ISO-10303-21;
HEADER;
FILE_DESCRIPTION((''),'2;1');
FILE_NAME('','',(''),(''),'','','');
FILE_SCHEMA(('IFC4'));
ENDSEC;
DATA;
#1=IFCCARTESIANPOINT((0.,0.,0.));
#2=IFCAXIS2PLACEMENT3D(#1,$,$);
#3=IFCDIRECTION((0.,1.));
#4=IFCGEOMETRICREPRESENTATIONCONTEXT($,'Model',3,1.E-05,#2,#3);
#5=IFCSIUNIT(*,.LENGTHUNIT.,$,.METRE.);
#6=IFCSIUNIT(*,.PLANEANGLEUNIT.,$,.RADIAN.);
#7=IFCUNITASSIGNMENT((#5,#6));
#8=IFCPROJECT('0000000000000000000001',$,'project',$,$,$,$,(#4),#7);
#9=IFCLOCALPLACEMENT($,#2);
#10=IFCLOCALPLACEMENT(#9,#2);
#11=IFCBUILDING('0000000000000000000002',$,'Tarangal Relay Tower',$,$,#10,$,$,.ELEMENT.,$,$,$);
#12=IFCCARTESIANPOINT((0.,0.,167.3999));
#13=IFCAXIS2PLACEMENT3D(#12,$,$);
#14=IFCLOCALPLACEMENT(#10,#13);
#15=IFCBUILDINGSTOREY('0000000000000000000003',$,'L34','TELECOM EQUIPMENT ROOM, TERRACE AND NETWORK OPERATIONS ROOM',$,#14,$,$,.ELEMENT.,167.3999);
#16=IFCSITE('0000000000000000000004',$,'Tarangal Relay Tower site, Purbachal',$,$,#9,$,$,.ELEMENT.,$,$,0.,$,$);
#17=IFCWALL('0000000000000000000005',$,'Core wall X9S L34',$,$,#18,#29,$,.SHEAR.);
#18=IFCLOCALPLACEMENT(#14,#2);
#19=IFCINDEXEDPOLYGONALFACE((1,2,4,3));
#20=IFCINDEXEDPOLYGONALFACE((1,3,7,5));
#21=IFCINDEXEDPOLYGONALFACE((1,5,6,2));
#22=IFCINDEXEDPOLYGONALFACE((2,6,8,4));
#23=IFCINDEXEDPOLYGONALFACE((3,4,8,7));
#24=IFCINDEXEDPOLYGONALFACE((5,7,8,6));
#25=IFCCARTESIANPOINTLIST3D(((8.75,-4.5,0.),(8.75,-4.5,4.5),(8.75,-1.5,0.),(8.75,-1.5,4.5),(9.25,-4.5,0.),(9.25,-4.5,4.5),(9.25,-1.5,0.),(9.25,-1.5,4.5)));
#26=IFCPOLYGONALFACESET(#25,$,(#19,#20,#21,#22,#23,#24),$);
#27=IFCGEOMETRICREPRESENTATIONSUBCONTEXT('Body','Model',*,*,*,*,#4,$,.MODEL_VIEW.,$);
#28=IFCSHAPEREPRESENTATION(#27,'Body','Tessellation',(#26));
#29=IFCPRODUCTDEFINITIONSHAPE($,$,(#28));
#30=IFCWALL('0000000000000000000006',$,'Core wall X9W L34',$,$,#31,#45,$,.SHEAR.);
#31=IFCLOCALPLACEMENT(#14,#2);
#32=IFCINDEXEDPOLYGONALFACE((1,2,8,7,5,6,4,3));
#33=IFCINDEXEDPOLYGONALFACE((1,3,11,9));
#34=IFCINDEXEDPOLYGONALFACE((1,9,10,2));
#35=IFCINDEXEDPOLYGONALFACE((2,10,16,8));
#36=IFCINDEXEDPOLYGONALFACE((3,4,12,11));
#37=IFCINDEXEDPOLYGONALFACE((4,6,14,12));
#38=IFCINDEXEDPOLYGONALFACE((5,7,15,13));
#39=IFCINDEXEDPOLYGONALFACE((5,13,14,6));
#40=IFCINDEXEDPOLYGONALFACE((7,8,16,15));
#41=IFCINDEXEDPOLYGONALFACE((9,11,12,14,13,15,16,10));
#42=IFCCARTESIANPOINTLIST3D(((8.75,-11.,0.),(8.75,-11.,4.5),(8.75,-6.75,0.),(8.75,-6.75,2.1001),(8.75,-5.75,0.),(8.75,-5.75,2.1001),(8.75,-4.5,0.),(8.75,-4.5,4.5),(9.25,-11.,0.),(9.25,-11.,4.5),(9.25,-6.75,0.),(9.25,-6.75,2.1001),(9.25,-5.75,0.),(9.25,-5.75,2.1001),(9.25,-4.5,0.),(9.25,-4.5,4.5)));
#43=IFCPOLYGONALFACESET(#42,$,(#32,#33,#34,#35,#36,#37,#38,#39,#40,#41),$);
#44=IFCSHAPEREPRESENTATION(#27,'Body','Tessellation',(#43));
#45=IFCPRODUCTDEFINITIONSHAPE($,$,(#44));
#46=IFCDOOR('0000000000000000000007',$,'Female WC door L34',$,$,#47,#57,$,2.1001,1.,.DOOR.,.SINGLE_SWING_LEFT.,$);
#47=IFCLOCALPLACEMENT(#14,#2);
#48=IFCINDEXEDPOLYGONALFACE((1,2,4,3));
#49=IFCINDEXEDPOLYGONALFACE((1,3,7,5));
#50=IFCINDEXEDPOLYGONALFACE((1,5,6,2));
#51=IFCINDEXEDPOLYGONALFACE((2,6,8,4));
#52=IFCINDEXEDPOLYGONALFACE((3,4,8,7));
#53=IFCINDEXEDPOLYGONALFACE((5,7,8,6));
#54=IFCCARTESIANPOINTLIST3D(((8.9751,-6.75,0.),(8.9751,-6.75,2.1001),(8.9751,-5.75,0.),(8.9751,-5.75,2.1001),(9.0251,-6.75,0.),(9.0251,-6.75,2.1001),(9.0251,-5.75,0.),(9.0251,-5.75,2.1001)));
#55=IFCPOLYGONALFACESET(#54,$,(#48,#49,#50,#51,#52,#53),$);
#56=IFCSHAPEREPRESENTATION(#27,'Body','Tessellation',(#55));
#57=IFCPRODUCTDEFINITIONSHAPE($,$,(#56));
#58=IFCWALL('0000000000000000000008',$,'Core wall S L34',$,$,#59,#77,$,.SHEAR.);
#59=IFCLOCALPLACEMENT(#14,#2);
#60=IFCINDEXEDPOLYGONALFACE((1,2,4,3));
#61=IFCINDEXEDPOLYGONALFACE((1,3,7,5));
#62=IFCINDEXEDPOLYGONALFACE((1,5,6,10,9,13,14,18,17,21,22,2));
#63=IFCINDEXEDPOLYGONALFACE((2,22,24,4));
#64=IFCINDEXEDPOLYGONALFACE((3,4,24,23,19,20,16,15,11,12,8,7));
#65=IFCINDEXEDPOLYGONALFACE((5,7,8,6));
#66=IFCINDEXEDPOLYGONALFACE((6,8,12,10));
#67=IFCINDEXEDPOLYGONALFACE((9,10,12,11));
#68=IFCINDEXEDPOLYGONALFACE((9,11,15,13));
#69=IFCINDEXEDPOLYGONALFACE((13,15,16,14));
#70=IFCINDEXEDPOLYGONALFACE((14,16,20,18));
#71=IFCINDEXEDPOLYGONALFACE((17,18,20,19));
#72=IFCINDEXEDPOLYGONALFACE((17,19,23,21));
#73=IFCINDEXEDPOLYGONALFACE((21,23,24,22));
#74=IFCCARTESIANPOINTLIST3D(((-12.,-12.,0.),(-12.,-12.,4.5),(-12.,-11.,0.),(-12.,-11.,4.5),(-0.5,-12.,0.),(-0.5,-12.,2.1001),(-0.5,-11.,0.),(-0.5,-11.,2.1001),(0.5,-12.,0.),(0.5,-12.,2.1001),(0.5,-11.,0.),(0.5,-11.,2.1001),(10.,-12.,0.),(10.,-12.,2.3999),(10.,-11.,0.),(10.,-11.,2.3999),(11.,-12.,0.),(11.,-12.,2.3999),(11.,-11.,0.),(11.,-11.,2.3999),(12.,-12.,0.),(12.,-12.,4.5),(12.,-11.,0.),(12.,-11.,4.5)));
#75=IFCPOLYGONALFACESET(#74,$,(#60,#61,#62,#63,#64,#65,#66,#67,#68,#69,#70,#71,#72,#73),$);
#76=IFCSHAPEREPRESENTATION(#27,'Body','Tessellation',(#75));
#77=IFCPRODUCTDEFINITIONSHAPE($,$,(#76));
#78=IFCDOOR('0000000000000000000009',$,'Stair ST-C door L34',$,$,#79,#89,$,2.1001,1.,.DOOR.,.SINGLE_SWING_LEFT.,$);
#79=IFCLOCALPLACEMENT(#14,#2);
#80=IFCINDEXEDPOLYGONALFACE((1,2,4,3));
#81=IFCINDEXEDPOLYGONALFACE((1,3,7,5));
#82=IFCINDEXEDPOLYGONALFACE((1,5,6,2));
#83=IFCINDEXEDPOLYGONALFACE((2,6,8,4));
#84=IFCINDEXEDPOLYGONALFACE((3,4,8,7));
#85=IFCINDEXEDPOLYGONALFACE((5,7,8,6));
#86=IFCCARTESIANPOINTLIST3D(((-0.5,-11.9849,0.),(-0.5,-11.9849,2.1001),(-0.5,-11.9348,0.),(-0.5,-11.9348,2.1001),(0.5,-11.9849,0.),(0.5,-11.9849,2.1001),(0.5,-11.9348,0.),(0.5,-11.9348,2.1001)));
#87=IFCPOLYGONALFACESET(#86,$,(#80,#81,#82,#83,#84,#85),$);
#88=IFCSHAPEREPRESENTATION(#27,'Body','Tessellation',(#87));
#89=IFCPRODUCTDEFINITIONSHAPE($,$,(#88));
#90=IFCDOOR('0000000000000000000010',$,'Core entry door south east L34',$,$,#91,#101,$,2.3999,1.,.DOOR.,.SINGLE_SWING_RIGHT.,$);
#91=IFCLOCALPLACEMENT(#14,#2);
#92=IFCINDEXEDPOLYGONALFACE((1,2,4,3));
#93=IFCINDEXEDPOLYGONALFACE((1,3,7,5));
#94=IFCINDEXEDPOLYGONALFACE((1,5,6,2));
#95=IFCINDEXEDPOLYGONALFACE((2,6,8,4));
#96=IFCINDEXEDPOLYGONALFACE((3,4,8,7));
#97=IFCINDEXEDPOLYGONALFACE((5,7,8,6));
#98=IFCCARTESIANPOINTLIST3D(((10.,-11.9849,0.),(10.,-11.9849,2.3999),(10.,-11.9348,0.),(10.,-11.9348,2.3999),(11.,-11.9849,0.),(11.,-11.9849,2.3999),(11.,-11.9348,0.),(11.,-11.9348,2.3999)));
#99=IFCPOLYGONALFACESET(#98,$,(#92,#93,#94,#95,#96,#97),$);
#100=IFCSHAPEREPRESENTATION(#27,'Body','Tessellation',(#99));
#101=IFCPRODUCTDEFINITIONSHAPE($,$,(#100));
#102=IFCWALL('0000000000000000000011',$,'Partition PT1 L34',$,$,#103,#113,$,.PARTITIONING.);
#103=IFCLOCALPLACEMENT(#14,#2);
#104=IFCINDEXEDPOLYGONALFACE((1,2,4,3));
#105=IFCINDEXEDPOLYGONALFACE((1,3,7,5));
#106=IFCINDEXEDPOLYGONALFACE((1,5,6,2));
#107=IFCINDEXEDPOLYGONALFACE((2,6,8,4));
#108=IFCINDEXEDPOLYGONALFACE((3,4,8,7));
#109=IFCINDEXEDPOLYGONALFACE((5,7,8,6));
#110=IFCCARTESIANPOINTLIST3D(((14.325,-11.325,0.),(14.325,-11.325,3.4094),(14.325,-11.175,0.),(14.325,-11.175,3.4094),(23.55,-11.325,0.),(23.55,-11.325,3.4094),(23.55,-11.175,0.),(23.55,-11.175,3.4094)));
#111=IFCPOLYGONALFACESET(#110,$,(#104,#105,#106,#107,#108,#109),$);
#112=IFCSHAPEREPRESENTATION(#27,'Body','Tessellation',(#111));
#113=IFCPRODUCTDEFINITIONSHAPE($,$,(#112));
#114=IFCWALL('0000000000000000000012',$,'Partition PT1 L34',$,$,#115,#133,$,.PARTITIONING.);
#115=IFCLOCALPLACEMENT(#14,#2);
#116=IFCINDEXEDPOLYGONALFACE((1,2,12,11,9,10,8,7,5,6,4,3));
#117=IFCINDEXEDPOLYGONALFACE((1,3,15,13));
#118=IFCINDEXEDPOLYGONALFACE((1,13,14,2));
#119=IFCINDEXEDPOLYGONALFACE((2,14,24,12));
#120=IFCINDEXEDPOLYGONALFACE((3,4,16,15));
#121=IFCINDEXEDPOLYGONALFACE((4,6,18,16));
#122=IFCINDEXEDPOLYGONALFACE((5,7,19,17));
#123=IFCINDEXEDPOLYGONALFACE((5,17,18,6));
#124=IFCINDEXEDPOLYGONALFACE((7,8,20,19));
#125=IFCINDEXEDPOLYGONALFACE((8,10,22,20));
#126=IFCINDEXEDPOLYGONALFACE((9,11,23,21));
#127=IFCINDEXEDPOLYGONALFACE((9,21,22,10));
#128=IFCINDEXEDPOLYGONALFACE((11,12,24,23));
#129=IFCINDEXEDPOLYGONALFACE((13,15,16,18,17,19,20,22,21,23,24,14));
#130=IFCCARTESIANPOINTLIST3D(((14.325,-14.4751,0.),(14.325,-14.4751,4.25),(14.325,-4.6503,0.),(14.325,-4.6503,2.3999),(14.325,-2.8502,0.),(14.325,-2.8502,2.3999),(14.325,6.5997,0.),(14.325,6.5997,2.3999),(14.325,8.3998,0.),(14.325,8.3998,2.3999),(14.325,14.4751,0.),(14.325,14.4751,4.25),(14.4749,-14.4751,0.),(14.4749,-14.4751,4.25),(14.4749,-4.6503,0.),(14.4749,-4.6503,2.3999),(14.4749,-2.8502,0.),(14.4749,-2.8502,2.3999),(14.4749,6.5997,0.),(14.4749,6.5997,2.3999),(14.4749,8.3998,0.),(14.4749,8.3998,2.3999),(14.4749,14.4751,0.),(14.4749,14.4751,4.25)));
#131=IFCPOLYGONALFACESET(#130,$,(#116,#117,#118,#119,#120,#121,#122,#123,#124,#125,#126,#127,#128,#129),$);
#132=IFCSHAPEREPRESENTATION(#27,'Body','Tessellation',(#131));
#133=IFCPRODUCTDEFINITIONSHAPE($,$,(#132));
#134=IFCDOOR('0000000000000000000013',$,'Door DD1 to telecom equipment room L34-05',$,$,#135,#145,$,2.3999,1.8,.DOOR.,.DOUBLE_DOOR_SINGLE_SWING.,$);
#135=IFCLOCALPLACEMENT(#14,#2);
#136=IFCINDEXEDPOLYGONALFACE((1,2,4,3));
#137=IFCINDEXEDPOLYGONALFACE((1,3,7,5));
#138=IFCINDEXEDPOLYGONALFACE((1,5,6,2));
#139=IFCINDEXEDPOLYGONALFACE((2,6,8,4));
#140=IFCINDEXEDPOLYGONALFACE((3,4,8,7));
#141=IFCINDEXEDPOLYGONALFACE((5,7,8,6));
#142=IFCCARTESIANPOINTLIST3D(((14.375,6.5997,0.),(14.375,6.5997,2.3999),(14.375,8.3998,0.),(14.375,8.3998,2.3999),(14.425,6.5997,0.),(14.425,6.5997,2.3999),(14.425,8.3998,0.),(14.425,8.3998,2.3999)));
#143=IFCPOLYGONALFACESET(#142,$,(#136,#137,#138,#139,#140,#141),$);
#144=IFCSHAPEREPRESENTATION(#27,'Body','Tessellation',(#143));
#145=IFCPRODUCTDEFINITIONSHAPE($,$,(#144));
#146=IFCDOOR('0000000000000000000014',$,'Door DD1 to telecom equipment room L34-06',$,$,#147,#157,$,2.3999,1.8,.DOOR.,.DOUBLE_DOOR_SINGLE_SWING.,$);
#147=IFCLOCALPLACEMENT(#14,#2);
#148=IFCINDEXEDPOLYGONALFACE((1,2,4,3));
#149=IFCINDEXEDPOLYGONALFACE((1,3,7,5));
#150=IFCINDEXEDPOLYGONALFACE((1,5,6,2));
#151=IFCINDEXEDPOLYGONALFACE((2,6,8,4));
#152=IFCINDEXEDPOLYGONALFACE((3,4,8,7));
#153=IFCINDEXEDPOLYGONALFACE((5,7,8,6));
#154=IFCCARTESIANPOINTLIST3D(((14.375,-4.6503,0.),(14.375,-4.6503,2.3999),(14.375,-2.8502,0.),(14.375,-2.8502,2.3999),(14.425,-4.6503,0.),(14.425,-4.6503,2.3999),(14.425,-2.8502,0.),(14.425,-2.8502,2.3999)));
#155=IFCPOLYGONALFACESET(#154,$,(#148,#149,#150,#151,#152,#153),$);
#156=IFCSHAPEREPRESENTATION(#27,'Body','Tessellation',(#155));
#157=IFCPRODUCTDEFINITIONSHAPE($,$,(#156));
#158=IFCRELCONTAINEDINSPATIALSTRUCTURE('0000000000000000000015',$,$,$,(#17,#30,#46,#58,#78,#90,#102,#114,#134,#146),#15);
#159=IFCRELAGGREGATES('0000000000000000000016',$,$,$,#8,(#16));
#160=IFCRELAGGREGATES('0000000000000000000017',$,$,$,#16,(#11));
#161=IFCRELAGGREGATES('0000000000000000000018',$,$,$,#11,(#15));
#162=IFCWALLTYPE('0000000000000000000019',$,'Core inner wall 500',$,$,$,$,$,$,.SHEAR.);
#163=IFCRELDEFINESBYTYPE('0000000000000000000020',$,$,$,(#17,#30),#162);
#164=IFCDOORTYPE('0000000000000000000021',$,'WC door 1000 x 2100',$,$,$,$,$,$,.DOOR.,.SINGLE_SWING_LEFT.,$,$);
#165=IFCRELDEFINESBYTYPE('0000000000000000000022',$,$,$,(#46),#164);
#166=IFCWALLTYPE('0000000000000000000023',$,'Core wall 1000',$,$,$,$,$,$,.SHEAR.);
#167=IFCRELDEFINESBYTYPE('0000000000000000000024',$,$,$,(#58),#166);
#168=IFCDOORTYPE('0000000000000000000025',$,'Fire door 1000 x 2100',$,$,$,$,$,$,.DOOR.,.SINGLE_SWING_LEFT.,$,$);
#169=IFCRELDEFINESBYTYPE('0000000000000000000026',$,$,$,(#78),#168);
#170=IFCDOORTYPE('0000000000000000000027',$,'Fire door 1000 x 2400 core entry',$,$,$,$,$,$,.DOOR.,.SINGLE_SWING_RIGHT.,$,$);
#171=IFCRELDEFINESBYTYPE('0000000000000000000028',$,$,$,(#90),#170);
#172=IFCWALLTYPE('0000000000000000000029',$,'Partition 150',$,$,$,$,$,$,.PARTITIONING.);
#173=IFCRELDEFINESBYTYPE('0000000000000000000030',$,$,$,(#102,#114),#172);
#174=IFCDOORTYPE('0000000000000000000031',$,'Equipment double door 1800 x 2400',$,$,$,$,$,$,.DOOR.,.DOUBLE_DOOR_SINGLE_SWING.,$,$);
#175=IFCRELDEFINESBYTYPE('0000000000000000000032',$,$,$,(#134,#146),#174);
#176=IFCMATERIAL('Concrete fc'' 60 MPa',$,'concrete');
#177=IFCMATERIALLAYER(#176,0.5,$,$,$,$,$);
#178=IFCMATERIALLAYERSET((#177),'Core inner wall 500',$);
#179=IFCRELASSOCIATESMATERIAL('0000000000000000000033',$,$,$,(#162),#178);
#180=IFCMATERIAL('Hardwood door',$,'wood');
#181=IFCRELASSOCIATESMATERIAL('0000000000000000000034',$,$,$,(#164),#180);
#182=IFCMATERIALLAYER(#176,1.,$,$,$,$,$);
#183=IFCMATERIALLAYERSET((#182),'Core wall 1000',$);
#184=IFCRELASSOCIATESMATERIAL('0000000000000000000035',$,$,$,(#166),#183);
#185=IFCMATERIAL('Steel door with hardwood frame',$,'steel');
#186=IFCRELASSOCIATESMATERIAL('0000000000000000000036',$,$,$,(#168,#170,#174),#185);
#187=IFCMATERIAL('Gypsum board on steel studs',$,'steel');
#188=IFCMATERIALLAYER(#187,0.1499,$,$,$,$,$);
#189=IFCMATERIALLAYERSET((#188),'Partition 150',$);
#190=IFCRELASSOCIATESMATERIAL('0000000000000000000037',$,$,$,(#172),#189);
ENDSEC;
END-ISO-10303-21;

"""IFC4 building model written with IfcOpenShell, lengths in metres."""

from ifc_helpers import new_model, si_unit, direction, frame, frame_2d, origin, place, context, subcontext, project, spatial, rectangle, extrude, material, layer, layer_set, type_object, element, fill, save


model = new_model("IFC4")

# Units and contexts
model_context = context("Model", 3, precision=1e-05, world=origin(), true_north=direction((0.0, 1.0)))
body_context = subcontext(model_context, "Body", "Model", "MODEL_VIEW")
ifc_project = project(units=[si_unit("LENGTHUNIT", "METRE"), si_unit("PLANEANGLEUNIT", "RADIAN")], contexts=[model_context])

# Site, building, storey
site_placement = place(None, origin())
site = spatial("IfcSite", under=ifc_project, at=site_placement, Name="Tarangal Relay Tower site, Purbachal", CompositionType="ELEMENT", RefElevation=0.0)
building_placement = place(site_placement, origin())
building = spatial("IfcBuilding", under=site, at=building_placement, Name="Tarangal Relay Tower", CompositionType="ELEMENT")
storey_placement = place(building_placement, frame((0.0, 0.0, 167.3999)))
storey = spatial("IfcBuildingStorey", under=building, at=storey_placement, Name="L34", Description="TELECOM EQUIPMENT ROOM, TERRACE AND NETWORK OPERATIONS ROOM", CompositionType="ELEMENT", Elevation=167.3999)

# Wall
ifc_material_1 = material(Name="Concrete fc' 60 MPa", Category="concrete")
ifc_layer_1 = layer(ifc_material_1, 0.5)
ifc_layer_set_1 = layer_set([ifc_layer_1], Name="Core inner wall 500")
wall_type_1 = type_object("IfcWallType", Name="Core inner wall 500", PredefinedType="SHEAR", material=ifc_layer_set_1)
wall_1_placement = place(storey_placement, frame((9.0, -4.5, 0.0), z_axis=(0.0, 0.0, 1.0), x_axis=(0.0, 1.0, 0.0)))
element("IfcWall", 1, at=wall_1_placement, inside=storey, type_object=wall_type_1, Name="Core wall X9S L34", PredefinedType="SHEAR", context=body_context, shape_type="SweptSolid", body=[
    extrude(rectangle(XDim=3.0, YDim=0.5, at=frame_2d((1.5, 0.0))), origin(), (0.0, 0.0, 1.0), 4.5),
])

# Wall, opening, door
wall_2_placement = place(storey_placement, frame((9.0, -11.0, 0.0), z_axis=(0.0, 0.0, 1.0), x_axis=(0.0, 1.0, 0.0)))
wall_2 = element("IfcWall", 2, at=wall_2_placement, inside=storey, type_object=wall_type_1, Name="Core wall X9W L34", PredefinedType="SHEAR", context=body_context, shape_type="SweptSolid", body=[
    extrude(rectangle(XDim=6.5, YDim=0.5, at=frame_2d((3.25, 0.0))), origin(), (0.0, 0.0, 1.0), 4.5),
])
opening_1_placement = place(wall_2_placement, frame((4.25, 0.0, 0.0)))
opening_1 = element("IfcOpeningElement", 3, at=opening_1_placement, cuts=wall_2, PredefinedType="OPENING", context=body_context, shape_type="SweptSolid", body=[
    extrude(rectangle(XDim=1.0, YDim=2.1001, at=frame_2d((0.5, 1.05))), frame((0.0, 0.26, 0.0), z_axis=(0.0, -1.0, 0.0), x_axis=(1.0, 0.0, 0.0)), (0.0, 0.0, 1.0), 0.52),
])
ifc_material_2 = material(Name="Hardwood door", Category="wood")
door_type_1 = type_object("IfcDoorType", Name="WC door 1000 x 2100", OperationType="SINGLE_SWING_LEFT", PredefinedType="DOOR", material=ifc_material_2)
door_1_placement = place(opening_1_placement, origin())
door_1 = element("IfcDoor", 4, at=door_1_placement, inside=storey, type_object=door_type_1, Name="Female WC door L34", OperationType="SINGLE_SWING_LEFT", OverallHeight=2.1001, OverallWidth=1.0, PredefinedType="DOOR", context=body_context, shape_type="SweptSolid", body=[
    extrude(rectangle(XDim=1.0, YDim=2.1001, at=frame_2d((0.5, 1.05))), frame((0.0, 0.0249, 0.0), z_axis=(0.0, -1.0, 0.0), x_axis=(1.0, 0.0, 0.0)), (0.0, 0.0, 1.0), 0.05),
])
fill(opening_1, door_1)

# Wall, openings, doors
ifc_layer_2 = layer(ifc_material_1, 1.0)
ifc_layer_set_2 = layer_set([ifc_layer_2], Name="Core wall 1000")
wall_type_2 = type_object("IfcWallType", Name="Core wall 1000", PredefinedType="SHEAR", material=ifc_layer_set_2)
wall_3_placement = place(storey_placement, frame((12.0, -11.5, 0.0), z_axis=(0.0, 0.0, 1.0), x_axis=(-1.0, 0.0, 0.0)))
wall_3 = element("IfcWall", 5, at=wall_3_placement, inside=storey, type_object=wall_type_2, Name="Core wall S L34", PredefinedType="SHEAR", context=body_context, shape_type="SweptSolid", body=[
    extrude(rectangle(XDim=24.0, YDim=1.0, at=frame_2d((12.0, 0.0))), origin(), (0.0, 0.0, 1.0), 4.5),
])
opening_2_placement = place(wall_3_placement, frame((11.5, 0.0, 0.0)))
opening_2 = element("IfcOpeningElement", 6, at=opening_2_placement, cuts=wall_3, PredefinedType="OPENING", context=body_context, shape_type="SweptSolid", body=[
    extrude(rectangle(XDim=1.0, YDim=2.1001, at=frame_2d((0.5, 1.05))), frame((0.0, 0.51, 0.0), z_axis=(0.0, -1.0, 0.0), x_axis=(1.0, 0.0, 0.0)), (0.0, 0.0, 1.0), 1.02),
])
opening_3_placement = place(wall_3_placement, frame((1.0, 0.0, 0.0)))
opening_3 = element("IfcOpeningElement", 7, at=opening_3_placement, cuts=wall_3, PredefinedType="OPENING", context=body_context, shape_type="SweptSolid", body=[
    extrude(rectangle(XDim=1.0, YDim=2.3999, at=frame_2d((0.5, 1.2))), frame((0.0, 0.51, 0.0), z_axis=(0.0, -1.0, 0.0), x_axis=(1.0, 0.0, 0.0)), (0.0, 0.0, 1.0), 1.02),
])
ifc_material_3 = material(Name="Steel door with hardwood frame", Category="steel")
door_type_2 = type_object("IfcDoorType", Name="Fire door 1000 x 2100", OperationType="SINGLE_SWING_LEFT", PredefinedType="DOOR", material=ifc_material_3)
door_2_placement = place(opening_2_placement, origin())
door_2 = element("IfcDoor", 8, at=door_2_placement, inside=storey, type_object=door_type_2, Name="Stair ST-C door L34", OperationType="SINGLE_SWING_LEFT", OverallHeight=2.1001, OverallWidth=1.0, PredefinedType="DOOR", context=body_context, shape_type="SweptSolid", body=[
    extrude(rectangle(XDim=1.0, YDim=2.1001, at=frame_2d((0.5, 1.05))), frame((0.0, 0.4849, 0.0), z_axis=(0.0, -1.0, 0.0), x_axis=(1.0, 0.0, 0.0)), (0.0, 0.0, 1.0), 0.05),
])
fill(opening_2, door_2)
door_type_3 = type_object("IfcDoorType", Name="Fire door 1000 x 2400 core entry", OperationType="SINGLE_SWING_RIGHT", PredefinedType="DOOR", material=ifc_material_3)
door_3_placement = place(opening_3_placement, origin())
door_3 = element("IfcDoor", 9, at=door_3_placement, inside=storey, type_object=door_type_3, Name="Core entry door south east L34", OperationType="SINGLE_SWING_RIGHT", OverallHeight=2.3999, OverallWidth=1.0, PredefinedType="DOOR", context=body_context, shape_type="SweptSolid", body=[
    extrude(rectangle(XDim=1.0, YDim=2.3999, at=frame_2d((0.5, 1.2))), frame((0.0, 0.4849, 0.0), z_axis=(0.0, -1.0, 0.0), x_axis=(1.0, 0.0, 0.0)), (0.0, 0.0, 1.0), 0.05),
])
fill(opening_3, door_3)

# Wall
ifc_material_4 = material(Name="Gypsum board on steel studs", Category="steel")
ifc_layer_3 = layer(ifc_material_4, 0.1499)
ifc_layer_set_3 = layer_set([ifc_layer_3], Name="Partition 150")
wall_type_3 = type_object("IfcWallType", Name="Partition 150", PredefinedType="PARTITIONING", material=ifc_layer_set_3)
wall_4_placement = place(storey_placement, frame((14.325, -11.25, 0.0), z_axis=(0.0, 0.0, 1.0), x_axis=(1.0, 0.0, 0.0)))
element("IfcWall", 10, at=wall_4_placement, inside=storey, type_object=wall_type_3, Name="Partition PT1 L34", PredefinedType="PARTITIONING", context=body_context, shape_type="SweptSolid", body=[
    extrude(rectangle(XDim=9.2251, YDim=0.1499, at=frame_2d((4.6125, 0.0))), origin(), (0.0, 0.0, 1.0), 3.4094),
])

# Wall, openings, doors
wall_5_placement = place(storey_placement, frame((14.3999, -14.4751, 0.0), z_axis=(0.0, 0.0, 1.0), x_axis=(0.0, 1.0, 0.0)))
wall_5 = element("IfcWall", 11, at=wall_5_placement, inside=storey, type_object=wall_type_3, Name="Partition PT1 L34", PredefinedType="PARTITIONING", context=body_context, shape_type="SweptSolid", body=[
    extrude(rectangle(XDim=28.9502, YDim=0.1499, at=frame_2d((14.4751, 0.0))), origin(), (0.0, 0.0, 1.0), 4.25),
])
opening_4_placement = place(wall_5_placement, frame((21.075, 0.0, 0.0)))
opening_4 = element("IfcOpeningElement", 12, at=opening_4_placement, cuts=wall_5, PredefinedType="OPENING", context=body_context, shape_type="SweptSolid", body=[
    extrude(rectangle(XDim=1.8, YDim=2.3999, at=frame_2d((0.8999, 1.2))), frame((0.0, 0.085, 0.0), z_axis=(0.0, -1.0, 0.0), x_axis=(1.0, 0.0, 0.0)), (0.0, 0.0, 1.0), 0.1699),
])
opening_5_placement = place(wall_5_placement, frame((9.825, 0.0, 0.0)))
opening_5 = element("IfcOpeningElement", 13, at=opening_5_placement, cuts=wall_5, PredefinedType="OPENING", context=body_context, shape_type="SweptSolid", body=[
    extrude(rectangle(XDim=1.8, YDim=2.3999, at=frame_2d((0.8999, 1.2))), frame((0.0, 0.085, 0.0), z_axis=(0.0, -1.0, 0.0), x_axis=(1.0, 0.0, 0.0)), (0.0, 0.0, 1.0), 0.1699),
])
door_type_4 = type_object("IfcDoorType", Name="Equipment double door 1800 x 2400", OperationType="DOUBLE_DOOR_SINGLE_SWING", PredefinedType="DOOR", material=ifc_material_3)
door_4_placement = place(opening_4_placement, origin())
door_4 = element("IfcDoor", 14, at=door_4_placement, inside=storey, type_object=door_type_4, Name="Door DD1 to telecom equipment room L34-05", OperationType="DOUBLE_DOOR_SINGLE_SWING", OverallHeight=2.3999, OverallWidth=1.8, PredefinedType="DOOR", context=body_context, shape_type="SweptSolid", body=[
    extrude(rectangle(XDim=1.8, YDim=2.3999, at=frame_2d((0.8999, 1.2))), frame((0.0, 0.0249, 0.0), z_axis=(0.0, -1.0, 0.0), x_axis=(1.0, 0.0, 0.0)), (0.0, 0.0, 1.0), 0.05),
])
fill(opening_4, door_4)
door_5_placement = place(opening_5_placement, origin())
door_5 = element("IfcDoor", 15, at=door_5_placement, inside=storey, type_object=door_type_4, Name="Door DD1 to telecom equipment room L34-06", OperationType="DOUBLE_DOOR_SINGLE_SWING", OverallHeight=2.3999, OverallWidth=1.8, PredefinedType="DOOR", context=body_context, shape_type="SweptSolid", body=[
    extrude(rectangle(XDim=1.8, YDim=2.3999, at=frame_2d((0.8999, 1.2))), frame((0.0, 0.0249, 0.0), z_axis=(0.0, -1.0, 0.0), x_axis=(1.0, 0.0, 0.0)), (0.0, 0.0, 1.0), 0.05),
])
fill(opening_5, door_5)

save(model, "model.ifc")
